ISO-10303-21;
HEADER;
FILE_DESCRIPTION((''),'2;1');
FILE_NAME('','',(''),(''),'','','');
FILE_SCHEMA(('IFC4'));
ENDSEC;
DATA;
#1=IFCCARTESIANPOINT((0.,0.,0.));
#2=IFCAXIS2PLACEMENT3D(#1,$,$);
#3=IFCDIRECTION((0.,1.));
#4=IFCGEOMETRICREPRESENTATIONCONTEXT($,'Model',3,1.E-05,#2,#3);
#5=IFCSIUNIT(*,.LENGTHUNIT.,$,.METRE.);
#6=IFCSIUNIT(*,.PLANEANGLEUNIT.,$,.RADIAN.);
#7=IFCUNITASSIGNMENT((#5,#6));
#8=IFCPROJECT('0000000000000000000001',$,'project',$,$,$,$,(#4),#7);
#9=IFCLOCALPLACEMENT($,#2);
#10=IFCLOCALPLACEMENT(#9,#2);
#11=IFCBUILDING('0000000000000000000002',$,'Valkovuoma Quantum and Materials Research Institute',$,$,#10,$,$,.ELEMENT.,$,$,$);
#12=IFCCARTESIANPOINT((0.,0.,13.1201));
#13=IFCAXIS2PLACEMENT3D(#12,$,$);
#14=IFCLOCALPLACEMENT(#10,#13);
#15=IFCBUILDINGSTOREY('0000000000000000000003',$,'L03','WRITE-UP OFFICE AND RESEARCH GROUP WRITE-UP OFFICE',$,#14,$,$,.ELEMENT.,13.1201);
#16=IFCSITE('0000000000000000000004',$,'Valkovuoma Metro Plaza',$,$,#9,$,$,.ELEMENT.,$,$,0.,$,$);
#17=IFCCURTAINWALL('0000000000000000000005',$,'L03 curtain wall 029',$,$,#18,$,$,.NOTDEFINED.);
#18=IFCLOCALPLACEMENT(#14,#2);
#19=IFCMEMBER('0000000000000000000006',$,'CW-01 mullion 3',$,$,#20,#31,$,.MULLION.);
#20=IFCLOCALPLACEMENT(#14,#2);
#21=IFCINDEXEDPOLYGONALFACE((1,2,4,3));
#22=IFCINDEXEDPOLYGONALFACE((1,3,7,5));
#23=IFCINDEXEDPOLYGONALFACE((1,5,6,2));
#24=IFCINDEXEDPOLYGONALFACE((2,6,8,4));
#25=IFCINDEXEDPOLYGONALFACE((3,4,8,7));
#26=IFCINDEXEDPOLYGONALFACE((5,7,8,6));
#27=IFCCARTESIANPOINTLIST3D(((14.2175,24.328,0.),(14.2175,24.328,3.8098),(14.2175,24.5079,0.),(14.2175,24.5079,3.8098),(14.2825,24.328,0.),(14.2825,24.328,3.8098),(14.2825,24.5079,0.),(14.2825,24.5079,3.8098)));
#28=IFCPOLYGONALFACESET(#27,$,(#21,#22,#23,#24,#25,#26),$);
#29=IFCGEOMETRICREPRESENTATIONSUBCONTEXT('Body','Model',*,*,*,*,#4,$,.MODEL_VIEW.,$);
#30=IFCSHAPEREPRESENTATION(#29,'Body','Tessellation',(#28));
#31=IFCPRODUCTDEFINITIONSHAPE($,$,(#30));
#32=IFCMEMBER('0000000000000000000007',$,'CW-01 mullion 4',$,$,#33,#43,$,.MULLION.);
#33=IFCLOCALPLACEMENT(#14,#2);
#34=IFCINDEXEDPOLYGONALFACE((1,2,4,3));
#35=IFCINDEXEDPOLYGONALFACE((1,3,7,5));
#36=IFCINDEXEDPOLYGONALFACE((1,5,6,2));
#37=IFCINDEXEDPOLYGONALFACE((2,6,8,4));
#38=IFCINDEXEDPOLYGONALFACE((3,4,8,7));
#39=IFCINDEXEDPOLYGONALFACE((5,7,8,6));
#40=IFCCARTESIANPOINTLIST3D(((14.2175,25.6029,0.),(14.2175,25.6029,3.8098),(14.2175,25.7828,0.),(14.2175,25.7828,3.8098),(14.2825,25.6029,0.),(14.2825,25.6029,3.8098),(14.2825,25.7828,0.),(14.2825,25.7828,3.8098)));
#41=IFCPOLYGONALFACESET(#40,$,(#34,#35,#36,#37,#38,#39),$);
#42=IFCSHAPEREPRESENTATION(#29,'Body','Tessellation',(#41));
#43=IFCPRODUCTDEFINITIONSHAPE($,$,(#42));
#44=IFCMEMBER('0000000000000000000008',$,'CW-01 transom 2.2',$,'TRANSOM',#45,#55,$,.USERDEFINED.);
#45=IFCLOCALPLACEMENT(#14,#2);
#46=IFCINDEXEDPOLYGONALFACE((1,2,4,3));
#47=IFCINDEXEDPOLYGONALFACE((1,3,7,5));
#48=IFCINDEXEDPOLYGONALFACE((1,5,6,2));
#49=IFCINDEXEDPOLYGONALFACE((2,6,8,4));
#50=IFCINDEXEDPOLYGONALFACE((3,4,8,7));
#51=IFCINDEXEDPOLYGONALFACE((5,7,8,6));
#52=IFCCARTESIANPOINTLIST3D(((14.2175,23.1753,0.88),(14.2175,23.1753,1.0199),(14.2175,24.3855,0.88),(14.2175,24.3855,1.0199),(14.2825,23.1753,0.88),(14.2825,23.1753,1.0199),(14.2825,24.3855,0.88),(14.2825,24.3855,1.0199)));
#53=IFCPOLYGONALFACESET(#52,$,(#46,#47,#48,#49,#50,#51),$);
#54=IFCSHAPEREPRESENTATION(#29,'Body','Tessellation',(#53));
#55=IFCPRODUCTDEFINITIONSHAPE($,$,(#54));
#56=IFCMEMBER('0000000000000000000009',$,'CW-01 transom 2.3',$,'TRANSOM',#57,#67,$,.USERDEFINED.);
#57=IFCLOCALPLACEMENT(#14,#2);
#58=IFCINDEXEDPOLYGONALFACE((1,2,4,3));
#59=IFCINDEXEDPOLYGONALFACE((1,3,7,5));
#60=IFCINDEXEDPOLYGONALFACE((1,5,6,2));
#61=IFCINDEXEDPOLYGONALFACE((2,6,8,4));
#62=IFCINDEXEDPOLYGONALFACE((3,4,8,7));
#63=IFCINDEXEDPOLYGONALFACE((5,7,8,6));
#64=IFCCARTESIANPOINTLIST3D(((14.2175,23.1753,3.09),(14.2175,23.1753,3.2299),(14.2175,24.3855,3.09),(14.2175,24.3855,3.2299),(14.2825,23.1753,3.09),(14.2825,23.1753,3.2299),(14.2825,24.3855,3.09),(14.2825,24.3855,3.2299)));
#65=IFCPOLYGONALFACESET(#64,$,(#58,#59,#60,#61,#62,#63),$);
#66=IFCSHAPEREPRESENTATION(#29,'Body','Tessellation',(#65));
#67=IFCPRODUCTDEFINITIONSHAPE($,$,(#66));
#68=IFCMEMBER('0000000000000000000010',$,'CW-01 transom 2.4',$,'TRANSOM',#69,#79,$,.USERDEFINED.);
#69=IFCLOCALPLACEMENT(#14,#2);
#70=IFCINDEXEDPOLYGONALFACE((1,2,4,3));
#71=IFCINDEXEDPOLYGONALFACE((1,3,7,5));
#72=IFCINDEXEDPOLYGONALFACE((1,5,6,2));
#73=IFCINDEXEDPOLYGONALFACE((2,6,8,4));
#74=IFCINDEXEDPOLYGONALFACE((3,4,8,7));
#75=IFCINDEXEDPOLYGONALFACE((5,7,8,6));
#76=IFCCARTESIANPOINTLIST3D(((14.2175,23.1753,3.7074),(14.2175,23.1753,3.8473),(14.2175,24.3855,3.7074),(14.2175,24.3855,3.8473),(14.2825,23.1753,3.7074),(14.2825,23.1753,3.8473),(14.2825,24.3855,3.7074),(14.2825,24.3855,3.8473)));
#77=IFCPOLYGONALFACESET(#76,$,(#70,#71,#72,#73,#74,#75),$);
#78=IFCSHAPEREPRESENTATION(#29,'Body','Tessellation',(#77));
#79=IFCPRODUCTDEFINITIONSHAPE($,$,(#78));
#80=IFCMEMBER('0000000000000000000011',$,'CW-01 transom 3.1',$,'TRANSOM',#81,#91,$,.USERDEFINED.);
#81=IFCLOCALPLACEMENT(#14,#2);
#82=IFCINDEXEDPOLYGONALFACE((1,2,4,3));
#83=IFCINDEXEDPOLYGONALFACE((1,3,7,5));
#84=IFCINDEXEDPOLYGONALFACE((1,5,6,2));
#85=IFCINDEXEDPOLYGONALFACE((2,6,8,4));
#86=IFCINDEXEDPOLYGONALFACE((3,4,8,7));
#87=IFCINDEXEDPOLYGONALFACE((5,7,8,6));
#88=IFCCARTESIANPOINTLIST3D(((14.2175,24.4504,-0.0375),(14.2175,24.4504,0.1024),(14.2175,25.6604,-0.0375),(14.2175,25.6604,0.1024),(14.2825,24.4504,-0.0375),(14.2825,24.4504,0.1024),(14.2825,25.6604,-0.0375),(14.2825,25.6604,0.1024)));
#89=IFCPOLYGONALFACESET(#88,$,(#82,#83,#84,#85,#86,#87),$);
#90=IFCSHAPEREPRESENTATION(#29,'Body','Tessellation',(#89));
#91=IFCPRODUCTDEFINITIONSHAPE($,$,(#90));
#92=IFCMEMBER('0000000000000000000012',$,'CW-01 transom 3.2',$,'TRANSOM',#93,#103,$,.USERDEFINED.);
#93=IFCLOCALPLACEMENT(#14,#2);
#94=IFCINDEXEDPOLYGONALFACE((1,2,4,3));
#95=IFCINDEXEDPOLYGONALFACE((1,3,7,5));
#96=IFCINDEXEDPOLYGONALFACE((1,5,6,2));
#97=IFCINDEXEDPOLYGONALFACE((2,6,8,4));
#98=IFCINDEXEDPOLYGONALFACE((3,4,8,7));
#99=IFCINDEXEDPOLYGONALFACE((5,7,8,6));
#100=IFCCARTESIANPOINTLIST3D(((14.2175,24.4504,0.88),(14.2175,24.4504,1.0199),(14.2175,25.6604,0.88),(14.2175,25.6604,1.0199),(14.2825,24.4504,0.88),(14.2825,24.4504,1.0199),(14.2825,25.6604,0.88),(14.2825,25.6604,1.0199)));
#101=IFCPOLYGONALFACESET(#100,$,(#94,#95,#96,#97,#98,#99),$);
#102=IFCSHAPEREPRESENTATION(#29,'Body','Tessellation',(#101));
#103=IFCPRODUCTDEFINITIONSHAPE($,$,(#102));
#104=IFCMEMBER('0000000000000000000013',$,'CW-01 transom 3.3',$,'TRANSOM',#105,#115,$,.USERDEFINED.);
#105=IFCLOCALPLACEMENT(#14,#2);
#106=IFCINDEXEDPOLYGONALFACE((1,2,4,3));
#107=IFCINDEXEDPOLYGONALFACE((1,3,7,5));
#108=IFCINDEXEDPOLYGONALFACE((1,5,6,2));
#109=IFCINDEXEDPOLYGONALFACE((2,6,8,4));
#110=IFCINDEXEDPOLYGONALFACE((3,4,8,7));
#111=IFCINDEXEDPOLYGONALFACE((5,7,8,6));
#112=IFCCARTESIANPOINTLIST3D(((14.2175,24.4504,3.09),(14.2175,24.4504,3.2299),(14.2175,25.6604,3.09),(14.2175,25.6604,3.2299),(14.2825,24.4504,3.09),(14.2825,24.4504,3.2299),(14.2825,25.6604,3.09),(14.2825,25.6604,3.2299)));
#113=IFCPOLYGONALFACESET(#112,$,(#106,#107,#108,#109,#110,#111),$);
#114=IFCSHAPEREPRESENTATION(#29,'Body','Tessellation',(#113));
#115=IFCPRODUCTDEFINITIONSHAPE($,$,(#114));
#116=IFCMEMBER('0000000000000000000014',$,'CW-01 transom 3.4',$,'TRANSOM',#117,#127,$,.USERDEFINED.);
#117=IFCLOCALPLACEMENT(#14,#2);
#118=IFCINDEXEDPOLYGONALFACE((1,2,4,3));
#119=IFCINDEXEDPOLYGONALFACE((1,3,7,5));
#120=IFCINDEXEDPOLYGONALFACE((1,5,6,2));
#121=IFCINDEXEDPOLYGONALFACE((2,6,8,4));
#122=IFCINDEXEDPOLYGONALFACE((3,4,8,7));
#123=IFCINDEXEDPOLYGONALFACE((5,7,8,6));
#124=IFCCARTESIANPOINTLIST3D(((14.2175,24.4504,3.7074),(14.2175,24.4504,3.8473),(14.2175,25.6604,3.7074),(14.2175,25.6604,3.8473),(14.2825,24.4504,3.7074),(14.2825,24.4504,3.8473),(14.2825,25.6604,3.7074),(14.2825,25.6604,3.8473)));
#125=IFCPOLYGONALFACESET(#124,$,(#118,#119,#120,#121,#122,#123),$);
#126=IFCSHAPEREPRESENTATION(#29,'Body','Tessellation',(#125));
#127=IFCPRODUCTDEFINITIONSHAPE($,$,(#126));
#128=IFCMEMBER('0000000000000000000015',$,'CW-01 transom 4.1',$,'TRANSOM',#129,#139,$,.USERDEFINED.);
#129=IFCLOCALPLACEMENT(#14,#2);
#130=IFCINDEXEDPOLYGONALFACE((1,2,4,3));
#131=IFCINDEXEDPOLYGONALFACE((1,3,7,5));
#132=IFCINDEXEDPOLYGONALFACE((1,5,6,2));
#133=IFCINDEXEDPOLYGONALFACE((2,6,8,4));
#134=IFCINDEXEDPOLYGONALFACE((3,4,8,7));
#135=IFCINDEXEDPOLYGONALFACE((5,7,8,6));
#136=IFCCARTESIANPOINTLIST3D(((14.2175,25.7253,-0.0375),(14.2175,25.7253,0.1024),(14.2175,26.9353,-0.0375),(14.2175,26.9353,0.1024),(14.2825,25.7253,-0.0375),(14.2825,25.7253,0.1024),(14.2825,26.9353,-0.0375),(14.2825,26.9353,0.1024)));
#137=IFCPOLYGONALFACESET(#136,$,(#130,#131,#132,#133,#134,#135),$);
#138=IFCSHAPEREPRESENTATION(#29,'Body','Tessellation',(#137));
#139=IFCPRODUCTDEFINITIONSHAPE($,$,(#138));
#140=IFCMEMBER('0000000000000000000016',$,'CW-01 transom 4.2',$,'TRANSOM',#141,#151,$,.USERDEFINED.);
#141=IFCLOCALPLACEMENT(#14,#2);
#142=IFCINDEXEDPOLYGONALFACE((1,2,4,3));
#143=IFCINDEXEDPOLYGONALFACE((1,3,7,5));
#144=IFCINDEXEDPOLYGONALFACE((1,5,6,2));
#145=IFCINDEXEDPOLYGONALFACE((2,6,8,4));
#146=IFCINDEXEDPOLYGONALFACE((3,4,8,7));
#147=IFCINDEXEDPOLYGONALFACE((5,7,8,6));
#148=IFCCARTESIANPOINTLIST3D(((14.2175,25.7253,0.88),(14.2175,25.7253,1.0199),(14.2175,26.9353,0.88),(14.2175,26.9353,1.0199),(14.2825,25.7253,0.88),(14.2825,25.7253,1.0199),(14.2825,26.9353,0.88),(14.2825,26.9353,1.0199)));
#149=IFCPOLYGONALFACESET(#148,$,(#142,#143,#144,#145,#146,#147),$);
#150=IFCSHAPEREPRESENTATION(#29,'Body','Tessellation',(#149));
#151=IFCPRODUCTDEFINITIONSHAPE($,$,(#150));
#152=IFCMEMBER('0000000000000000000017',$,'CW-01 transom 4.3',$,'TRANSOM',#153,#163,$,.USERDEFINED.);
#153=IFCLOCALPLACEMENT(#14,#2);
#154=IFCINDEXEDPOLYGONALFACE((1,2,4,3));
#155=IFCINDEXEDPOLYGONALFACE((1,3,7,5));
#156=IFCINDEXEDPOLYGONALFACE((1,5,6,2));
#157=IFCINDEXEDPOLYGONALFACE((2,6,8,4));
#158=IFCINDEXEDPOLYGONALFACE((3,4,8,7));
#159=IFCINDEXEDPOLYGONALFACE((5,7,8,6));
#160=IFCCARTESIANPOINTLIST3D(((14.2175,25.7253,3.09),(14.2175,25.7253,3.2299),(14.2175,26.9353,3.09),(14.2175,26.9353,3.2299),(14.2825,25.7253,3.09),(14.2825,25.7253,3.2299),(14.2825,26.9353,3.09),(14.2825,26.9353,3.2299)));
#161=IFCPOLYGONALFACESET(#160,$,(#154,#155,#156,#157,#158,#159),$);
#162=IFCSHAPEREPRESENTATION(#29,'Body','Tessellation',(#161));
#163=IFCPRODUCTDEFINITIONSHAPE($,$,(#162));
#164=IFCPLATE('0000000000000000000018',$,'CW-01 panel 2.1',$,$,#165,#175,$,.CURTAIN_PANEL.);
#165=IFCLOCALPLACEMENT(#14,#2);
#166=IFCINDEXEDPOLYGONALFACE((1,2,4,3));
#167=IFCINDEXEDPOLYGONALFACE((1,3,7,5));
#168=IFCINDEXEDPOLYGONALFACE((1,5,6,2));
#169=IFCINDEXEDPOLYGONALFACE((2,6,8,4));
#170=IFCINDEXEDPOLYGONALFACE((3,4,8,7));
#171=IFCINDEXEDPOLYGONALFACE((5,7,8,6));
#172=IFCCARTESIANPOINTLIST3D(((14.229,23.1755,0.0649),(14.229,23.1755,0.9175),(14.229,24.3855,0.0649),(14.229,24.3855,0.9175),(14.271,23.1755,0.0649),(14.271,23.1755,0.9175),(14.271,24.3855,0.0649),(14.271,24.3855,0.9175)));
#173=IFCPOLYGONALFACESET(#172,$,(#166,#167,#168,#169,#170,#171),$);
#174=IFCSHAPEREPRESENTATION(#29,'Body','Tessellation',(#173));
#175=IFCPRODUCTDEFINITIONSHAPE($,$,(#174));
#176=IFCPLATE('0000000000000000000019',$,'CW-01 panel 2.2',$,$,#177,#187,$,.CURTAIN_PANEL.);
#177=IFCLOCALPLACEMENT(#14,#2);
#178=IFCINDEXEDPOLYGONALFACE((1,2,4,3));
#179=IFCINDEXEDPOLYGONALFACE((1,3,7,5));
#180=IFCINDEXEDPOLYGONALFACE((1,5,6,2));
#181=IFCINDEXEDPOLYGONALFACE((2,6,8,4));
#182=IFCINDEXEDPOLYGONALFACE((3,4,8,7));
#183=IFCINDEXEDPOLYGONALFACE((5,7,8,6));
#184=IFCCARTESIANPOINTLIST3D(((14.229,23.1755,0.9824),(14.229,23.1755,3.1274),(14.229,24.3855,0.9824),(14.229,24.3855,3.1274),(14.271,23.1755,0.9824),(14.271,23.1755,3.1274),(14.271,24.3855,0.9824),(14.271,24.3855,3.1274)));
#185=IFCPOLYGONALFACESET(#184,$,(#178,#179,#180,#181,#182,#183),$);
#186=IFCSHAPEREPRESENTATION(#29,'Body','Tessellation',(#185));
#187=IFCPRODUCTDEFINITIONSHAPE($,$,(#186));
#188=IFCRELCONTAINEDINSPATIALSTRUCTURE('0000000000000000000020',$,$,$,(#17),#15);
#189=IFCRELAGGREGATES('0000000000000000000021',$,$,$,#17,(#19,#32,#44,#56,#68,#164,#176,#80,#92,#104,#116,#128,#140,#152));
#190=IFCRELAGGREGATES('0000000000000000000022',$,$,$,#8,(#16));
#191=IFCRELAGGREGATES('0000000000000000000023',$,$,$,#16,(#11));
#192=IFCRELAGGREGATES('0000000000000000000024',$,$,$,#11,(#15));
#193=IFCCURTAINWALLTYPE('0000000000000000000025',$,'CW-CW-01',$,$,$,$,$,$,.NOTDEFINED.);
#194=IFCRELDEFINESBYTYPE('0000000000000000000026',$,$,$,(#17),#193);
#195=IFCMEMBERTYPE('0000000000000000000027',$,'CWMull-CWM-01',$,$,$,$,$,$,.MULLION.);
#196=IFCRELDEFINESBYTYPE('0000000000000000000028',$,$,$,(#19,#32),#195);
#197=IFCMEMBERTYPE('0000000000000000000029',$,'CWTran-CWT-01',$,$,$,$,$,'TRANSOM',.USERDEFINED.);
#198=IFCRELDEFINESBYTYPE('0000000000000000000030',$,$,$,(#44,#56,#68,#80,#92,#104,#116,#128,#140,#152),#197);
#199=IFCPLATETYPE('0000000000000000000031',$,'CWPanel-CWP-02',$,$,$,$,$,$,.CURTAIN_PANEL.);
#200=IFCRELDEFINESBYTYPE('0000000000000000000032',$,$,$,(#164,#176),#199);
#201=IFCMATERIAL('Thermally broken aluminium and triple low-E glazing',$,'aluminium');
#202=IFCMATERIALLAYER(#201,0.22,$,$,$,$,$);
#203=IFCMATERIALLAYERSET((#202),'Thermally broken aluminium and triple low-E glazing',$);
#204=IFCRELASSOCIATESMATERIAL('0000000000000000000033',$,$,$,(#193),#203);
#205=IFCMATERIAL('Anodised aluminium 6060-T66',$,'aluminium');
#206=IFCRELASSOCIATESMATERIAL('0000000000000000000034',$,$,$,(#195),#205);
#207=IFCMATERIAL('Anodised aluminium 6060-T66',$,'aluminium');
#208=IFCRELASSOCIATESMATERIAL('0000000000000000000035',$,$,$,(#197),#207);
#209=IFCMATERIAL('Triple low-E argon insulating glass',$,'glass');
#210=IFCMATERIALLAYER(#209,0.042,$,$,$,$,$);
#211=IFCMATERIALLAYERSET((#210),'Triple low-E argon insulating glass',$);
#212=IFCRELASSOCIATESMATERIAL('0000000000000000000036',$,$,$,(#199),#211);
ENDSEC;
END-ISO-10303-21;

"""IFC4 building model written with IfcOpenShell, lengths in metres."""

from ifc_helpers import new_model, si_unit, direction, frame, origin, origin_2d, place, context, subcontext, project, spatial, rectangle, extrude, material, layer, layer_set, material_profile, profile_set, type_object, element, aggregate, save


model = new_model("IFC4")

# Units and contexts
model_context = context("Model", 3, precision=1e-05, world=origin(), true_north=direction((0.0, 1.0)))
body_context = subcontext(model_context, "Body", "Model", "MODEL_VIEW")
ifc_project = project(units=[si_unit("LENGTHUNIT", "METRE"), si_unit("PLANEANGLEUNIT", "RADIAN")], contexts=[model_context])

# Site, building, storey
site_placement = place(None, origin())
site = spatial("IfcSite", under=ifc_project, at=site_placement, Name="Valkovuoma Metro Plaza", CompositionType="ELEMENT", RefElevation=0.0)
building_placement = place(site_placement, origin())
building = spatial("IfcBuilding", under=site, at=building_placement, Name="Valkovuoma Quantum and Materials Research Institute", CompositionType="ELEMENT")
storey_placement = place(building_placement, frame((0.0, 0.0, 13.1201)))
storey = spatial("IfcBuildingStorey", under=building, at=storey_placement, Name="L03", Description="WRITE-UP OFFICE AND RESEARCH GROUP WRITE-UP OFFICE", CompositionType="ELEMENT", Elevation=13.1201)

# Curtain wall, members, plates
ifc_material_1 = material(Name="Thermally broken aluminium and triple low-E glazing", Category="aluminium")
ifc_layer_1 = layer(ifc_material_1, 0.22)
ifc_layer_set_1 = layer_set([ifc_layer_1], Name="Thermally broken aluminium and triple low-E glazing")
curtain_wall_type = type_object("IfcCurtainWallType", Name="CW-CW-01", PredefinedType="NOTDEFINED", material=ifc_layer_set_1)
curtain_wall_placement = place(storey_placement, origin())
curtain_wall = element("IfcCurtainWall", 1, at=curtain_wall_placement, inside=storey, type_object=curtain_wall_type, Name="L03 curtain wall 029", PredefinedType="NOTDEFINED")
ifc_material_2 = material(Name="Anodised aluminium 6060-T66", Category="aluminium")
ifc_material_profile_1 = material_profile(ifc_material_2, rectangle(XDim=0.0649, YDim=0.1799, at=origin_2d()), Name="Anodised aluminium 6060-T66")
ifc_profile_set_1 = profile_set([ifc_material_profile_1], Name="Anodised aluminium 6060-T66")
member_type_1 = type_object("IfcMemberType", Name="CWMull-CWM-01", PredefinedType="MULLION", material=ifc_profile_set_1)
member_1_placement = place(storey_placement, frame((14.25, 24.418, 0.0), z_axis=(0.0, 0.0, 1.0), x_axis=(-1.0, 0.0, 0.0)))
member_1 = element("IfcMember", 2, at=member_1_placement, type_object=member_type_1, Name="CW-01 mullion 3", PredefinedType="MULLION", context=body_context, shape_type="SweptSolid", body=[
    extrude(rectangle(XDim=0.0649, YDim=0.1799, at=origin_2d()), origin(), (0.0, 0.0, 1.0), 3.8098),
])
member_2_placement = place(storey_placement, frame((14.25, 25.6929, 0.0), z_axis=(0.0, 0.0, 1.0), x_axis=(-1.0, 0.0, 0.0)))
member_2 = element("IfcMember", 3, at=member_2_placement, type_object=member_type_1, Name="CW-01 mullion 4", PredefinedType="MULLION", context=body_context, shape_type="SweptSolid", body=[
    extrude(rectangle(XDim=0.0649, YDim=0.1799, at=origin_2d()), origin(), (0.0, 0.0, 1.0), 3.8098),
])
ifc_material_3 = material(Name="Anodised aluminium 6060-T66", Category="aluminium")
ifc_material_profile_2 = material_profile(ifc_material_3, rectangle(XDim=0.0649, YDim=0.1399, at=origin_2d()), Name="Anodised aluminium 6060-T66")
ifc_profile_set_2 = profile_set([ifc_material_profile_2], Name="Anodised aluminium 6060-T66")
member_type_2 = type_object("IfcMemberType", Name="CWTran-CWT-01", ElementType="TRANSOM", PredefinedType="USERDEFINED", material=ifc_profile_set_2)
member_3_placement = place(storey_placement, frame((14.25, 23.1753, 0.95), z_axis=(0.0, 1.0, 0.0), x_axis=(-1.0, 0.0, 0.0)))
member_3 = element("IfcMember", 4, at=member_3_placement, type_object=member_type_2, Name="CW-01 transom 2.2", ObjectType="TRANSOM", PredefinedType="USERDEFINED", context=body_context, shape_type="SweptSolid", body=[
    extrude(rectangle(XDim=0.0649, YDim=0.1399, at=origin_2d()), origin(), (0.0, 0.0, 1.0), 1.2102),
])
member_4_placement = place(storey_placement, frame((14.25, 23.1753, 3.1599), z_axis=(0.0, 1.0, 0.0), x_axis=(-1.0, 0.0, 0.0)))
member_4 = element("IfcMember", 5, at=member_4_placement, type_object=member_type_2, Name="CW-01 transom 2.3", ObjectType="TRANSOM", PredefinedType="USERDEFINED", context=body_context, shape_type="SweptSolid", body=[
    extrude(rectangle(XDim=0.0649, YDim=0.1399, at=origin_2d()), origin(), (0.0, 0.0, 1.0), 1.2102),
])
member_5_placement = place(storey_placement, frame((14.25, 23.1753, 3.7773), z_axis=(0.0, 1.0, 0.0), x_axis=(-1.0, 0.0, 0.0)))
member_5 = element("IfcMember", 6, at=member_5_placement, type_object=member_type_2, Name="CW-01 transom 2.4", ObjectType="TRANSOM", PredefinedType="USERDEFINED", context=body_context, shape_type="SweptSolid", body=[
    extrude(rectangle(XDim=0.0649, YDim=0.1399, at=origin_2d()), origin(), (0.0, 0.0, 1.0), 1.2102),
])
member_6_placement = place(storey_placement, frame((14.25, 24.4504, 0.0325), z_axis=(0.0, 1.0, 0.0), x_axis=(-1.0, 0.0, 0.0)))
member_6 = element("IfcMember", 7, at=member_6_placement, type_object=member_type_2, Name="CW-01 transom 3.1", ObjectType="TRANSOM", PredefinedType="USERDEFINED", context=body_context, shape_type="SweptSolid", body=[
    extrude(rectangle(XDim=0.0649, YDim=0.1399, at=origin_2d()), origin(), (0.0, 0.0, 1.0), 1.21),
])
member_7_placement = place(storey_placement, frame((14.25, 24.4504, 0.95), z_axis=(0.0, 1.0, 0.0), x_axis=(-1.0, 0.0, 0.0)))
member_7 = element("IfcMember", 8, at=member_7_placement, type_object=member_type_2, Name="CW-01 transom 3.2", ObjectType="TRANSOM", PredefinedType="USERDEFINED", context=body_context, shape_type="SweptSolid", body=[
    extrude(rectangle(XDim=0.0649, YDim=0.1399, at=origin_2d()), origin(), (0.0, 0.0, 1.0), 1.21),
])
member_8_placement = place(storey_placement, frame((14.25, 24.4504, 3.1599), z_axis=(0.0, 1.0, 0.0), x_axis=(-1.0, 0.0, 0.0)))
member_8 = element("IfcMember", 9, at=member_8_placement, type_object=member_type_2, Name="CW-01 transom 3.3", ObjectType="TRANSOM", PredefinedType="USERDEFINED", context=body_context, shape_type="SweptSolid", body=[
    extrude(rectangle(XDim=0.0649, YDim=0.1399, at=origin_2d()), origin(), (0.0, 0.0, 1.0), 1.21),
])
member_9_placement = place(storey_placement, frame((14.25, 24.4504, 3.7773), z_axis=(0.0, 1.0, 0.0), x_axis=(-1.0, 0.0, 0.0)))
member_9 = element("IfcMember", 10, at=member_9_placement, type_object=member_type_2, Name="CW-01 transom 3.4", ObjectType="TRANSOM", PredefinedType="USERDEFINED", context=body_context, shape_type="SweptSolid", body=[
    extrude(rectangle(XDim=0.0649, YDim=0.1399, at=origin_2d()), origin(), (0.0, 0.0, 1.0), 1.21),
])
member_10_placement = place(storey_placement, frame((14.25, 25.7253, 0.0325), z_axis=(0.0, 1.0, 0.0), x_axis=(-1.0, 0.0, 0.0)))
member_10 = element("IfcMember", 11, at=member_10_placement, type_object=member_type_2, Name="CW-01 transom 4.1", ObjectType="TRANSOM", PredefinedType="USERDEFINED", context=body_context, shape_type="SweptSolid", body=[
    extrude(rectangle(XDim=0.0649, YDim=0.1399, at=origin_2d()), origin(), (0.0, 0.0, 1.0), 1.21),
])
member_11_placement = place(storey_placement, frame((14.25, 25.7253, 0.95), z_axis=(0.0, 1.0, 0.0), x_axis=(-1.0, 0.0, 0.0)))
member_11 = element("IfcMember", 12, at=member_11_placement, type_object=member_type_2, Name="CW-01 transom 4.2", ObjectType="TRANSOM", PredefinedType="USERDEFINED", context=body_context, shape_type="SweptSolid", body=[
    extrude(rectangle(XDim=0.0649, YDim=0.1399, at=origin_2d()), origin(), (0.0, 0.0, 1.0), 1.21),
])
member_12_placement = place(storey_placement, frame((14.25, 25.7253, 3.1599), z_axis=(0.0, 1.0, 0.0), x_axis=(-1.0, 0.0, 0.0)))
member_12 = element("IfcMember", 13, at=member_12_placement, type_object=member_type_2, Name="CW-01 transom 4.3", ObjectType="TRANSOM", PredefinedType="USERDEFINED", context=body_context, shape_type="SweptSolid", body=[
    extrude(rectangle(XDim=0.0649, YDim=0.1399, at=origin_2d()), origin(), (0.0, 0.0, 1.0), 1.21),
])
ifc_material_4 = material(Name="Triple low-E argon insulating glass", Category="glass")
ifc_layer_2 = layer(ifc_material_4, 0.042)
ifc_layer_set_2 = layer_set([ifc_layer_2], Name="Triple low-E argon insulating glass")
plate_type = type_object("IfcPlateType", Name="CWPanel-CWP-02", PredefinedType="CURTAIN_PANEL", material=ifc_layer_set_2)
plate_1_placement = place(storey_placement, frame((14.25, 23.7805, 0.0649), z_axis=(0.0, 0.0, 1.0), x_axis=(0.0, 1.0, 0.0)))
plate_1 = element("IfcPlate", 14, at=plate_1_placement, type_object=plate_type, Name="CW-01 panel 2.1", PredefinedType="CURTAIN_PANEL", context=body_context, shape_type="SweptSolid", body=[
    extrude(rectangle(XDim=1.21, YDim=0.042, at=origin_2d()), origin(), (0.0, 0.0, 1.0), 0.8525),
])
plate_2_placement = place(storey_placement, frame((14.25, 23.7805, 0.9824), z_axis=(0.0, 0.0, 1.0), x_axis=(0.0, 1.0, 0.0)))
plate_2 = element("IfcPlate", 15, at=plate_2_placement, type_object=plate_type, Name="CW-01 panel 2.2", PredefinedType="CURTAIN_PANEL", context=body_context, shape_type="SweptSolid", body=[
    extrude(rectangle(XDim=1.21, YDim=0.042, at=origin_2d()), origin(), (0.0, 0.0, 1.0), 2.145),
])
aggregate(curtain_wall, [member_1, member_2, member_3, member_4, member_5, plate_1, plate_2, member_6, member_7, member_8, member_9, member_10, member_11, member_12])

save(model, "model.ifc")
